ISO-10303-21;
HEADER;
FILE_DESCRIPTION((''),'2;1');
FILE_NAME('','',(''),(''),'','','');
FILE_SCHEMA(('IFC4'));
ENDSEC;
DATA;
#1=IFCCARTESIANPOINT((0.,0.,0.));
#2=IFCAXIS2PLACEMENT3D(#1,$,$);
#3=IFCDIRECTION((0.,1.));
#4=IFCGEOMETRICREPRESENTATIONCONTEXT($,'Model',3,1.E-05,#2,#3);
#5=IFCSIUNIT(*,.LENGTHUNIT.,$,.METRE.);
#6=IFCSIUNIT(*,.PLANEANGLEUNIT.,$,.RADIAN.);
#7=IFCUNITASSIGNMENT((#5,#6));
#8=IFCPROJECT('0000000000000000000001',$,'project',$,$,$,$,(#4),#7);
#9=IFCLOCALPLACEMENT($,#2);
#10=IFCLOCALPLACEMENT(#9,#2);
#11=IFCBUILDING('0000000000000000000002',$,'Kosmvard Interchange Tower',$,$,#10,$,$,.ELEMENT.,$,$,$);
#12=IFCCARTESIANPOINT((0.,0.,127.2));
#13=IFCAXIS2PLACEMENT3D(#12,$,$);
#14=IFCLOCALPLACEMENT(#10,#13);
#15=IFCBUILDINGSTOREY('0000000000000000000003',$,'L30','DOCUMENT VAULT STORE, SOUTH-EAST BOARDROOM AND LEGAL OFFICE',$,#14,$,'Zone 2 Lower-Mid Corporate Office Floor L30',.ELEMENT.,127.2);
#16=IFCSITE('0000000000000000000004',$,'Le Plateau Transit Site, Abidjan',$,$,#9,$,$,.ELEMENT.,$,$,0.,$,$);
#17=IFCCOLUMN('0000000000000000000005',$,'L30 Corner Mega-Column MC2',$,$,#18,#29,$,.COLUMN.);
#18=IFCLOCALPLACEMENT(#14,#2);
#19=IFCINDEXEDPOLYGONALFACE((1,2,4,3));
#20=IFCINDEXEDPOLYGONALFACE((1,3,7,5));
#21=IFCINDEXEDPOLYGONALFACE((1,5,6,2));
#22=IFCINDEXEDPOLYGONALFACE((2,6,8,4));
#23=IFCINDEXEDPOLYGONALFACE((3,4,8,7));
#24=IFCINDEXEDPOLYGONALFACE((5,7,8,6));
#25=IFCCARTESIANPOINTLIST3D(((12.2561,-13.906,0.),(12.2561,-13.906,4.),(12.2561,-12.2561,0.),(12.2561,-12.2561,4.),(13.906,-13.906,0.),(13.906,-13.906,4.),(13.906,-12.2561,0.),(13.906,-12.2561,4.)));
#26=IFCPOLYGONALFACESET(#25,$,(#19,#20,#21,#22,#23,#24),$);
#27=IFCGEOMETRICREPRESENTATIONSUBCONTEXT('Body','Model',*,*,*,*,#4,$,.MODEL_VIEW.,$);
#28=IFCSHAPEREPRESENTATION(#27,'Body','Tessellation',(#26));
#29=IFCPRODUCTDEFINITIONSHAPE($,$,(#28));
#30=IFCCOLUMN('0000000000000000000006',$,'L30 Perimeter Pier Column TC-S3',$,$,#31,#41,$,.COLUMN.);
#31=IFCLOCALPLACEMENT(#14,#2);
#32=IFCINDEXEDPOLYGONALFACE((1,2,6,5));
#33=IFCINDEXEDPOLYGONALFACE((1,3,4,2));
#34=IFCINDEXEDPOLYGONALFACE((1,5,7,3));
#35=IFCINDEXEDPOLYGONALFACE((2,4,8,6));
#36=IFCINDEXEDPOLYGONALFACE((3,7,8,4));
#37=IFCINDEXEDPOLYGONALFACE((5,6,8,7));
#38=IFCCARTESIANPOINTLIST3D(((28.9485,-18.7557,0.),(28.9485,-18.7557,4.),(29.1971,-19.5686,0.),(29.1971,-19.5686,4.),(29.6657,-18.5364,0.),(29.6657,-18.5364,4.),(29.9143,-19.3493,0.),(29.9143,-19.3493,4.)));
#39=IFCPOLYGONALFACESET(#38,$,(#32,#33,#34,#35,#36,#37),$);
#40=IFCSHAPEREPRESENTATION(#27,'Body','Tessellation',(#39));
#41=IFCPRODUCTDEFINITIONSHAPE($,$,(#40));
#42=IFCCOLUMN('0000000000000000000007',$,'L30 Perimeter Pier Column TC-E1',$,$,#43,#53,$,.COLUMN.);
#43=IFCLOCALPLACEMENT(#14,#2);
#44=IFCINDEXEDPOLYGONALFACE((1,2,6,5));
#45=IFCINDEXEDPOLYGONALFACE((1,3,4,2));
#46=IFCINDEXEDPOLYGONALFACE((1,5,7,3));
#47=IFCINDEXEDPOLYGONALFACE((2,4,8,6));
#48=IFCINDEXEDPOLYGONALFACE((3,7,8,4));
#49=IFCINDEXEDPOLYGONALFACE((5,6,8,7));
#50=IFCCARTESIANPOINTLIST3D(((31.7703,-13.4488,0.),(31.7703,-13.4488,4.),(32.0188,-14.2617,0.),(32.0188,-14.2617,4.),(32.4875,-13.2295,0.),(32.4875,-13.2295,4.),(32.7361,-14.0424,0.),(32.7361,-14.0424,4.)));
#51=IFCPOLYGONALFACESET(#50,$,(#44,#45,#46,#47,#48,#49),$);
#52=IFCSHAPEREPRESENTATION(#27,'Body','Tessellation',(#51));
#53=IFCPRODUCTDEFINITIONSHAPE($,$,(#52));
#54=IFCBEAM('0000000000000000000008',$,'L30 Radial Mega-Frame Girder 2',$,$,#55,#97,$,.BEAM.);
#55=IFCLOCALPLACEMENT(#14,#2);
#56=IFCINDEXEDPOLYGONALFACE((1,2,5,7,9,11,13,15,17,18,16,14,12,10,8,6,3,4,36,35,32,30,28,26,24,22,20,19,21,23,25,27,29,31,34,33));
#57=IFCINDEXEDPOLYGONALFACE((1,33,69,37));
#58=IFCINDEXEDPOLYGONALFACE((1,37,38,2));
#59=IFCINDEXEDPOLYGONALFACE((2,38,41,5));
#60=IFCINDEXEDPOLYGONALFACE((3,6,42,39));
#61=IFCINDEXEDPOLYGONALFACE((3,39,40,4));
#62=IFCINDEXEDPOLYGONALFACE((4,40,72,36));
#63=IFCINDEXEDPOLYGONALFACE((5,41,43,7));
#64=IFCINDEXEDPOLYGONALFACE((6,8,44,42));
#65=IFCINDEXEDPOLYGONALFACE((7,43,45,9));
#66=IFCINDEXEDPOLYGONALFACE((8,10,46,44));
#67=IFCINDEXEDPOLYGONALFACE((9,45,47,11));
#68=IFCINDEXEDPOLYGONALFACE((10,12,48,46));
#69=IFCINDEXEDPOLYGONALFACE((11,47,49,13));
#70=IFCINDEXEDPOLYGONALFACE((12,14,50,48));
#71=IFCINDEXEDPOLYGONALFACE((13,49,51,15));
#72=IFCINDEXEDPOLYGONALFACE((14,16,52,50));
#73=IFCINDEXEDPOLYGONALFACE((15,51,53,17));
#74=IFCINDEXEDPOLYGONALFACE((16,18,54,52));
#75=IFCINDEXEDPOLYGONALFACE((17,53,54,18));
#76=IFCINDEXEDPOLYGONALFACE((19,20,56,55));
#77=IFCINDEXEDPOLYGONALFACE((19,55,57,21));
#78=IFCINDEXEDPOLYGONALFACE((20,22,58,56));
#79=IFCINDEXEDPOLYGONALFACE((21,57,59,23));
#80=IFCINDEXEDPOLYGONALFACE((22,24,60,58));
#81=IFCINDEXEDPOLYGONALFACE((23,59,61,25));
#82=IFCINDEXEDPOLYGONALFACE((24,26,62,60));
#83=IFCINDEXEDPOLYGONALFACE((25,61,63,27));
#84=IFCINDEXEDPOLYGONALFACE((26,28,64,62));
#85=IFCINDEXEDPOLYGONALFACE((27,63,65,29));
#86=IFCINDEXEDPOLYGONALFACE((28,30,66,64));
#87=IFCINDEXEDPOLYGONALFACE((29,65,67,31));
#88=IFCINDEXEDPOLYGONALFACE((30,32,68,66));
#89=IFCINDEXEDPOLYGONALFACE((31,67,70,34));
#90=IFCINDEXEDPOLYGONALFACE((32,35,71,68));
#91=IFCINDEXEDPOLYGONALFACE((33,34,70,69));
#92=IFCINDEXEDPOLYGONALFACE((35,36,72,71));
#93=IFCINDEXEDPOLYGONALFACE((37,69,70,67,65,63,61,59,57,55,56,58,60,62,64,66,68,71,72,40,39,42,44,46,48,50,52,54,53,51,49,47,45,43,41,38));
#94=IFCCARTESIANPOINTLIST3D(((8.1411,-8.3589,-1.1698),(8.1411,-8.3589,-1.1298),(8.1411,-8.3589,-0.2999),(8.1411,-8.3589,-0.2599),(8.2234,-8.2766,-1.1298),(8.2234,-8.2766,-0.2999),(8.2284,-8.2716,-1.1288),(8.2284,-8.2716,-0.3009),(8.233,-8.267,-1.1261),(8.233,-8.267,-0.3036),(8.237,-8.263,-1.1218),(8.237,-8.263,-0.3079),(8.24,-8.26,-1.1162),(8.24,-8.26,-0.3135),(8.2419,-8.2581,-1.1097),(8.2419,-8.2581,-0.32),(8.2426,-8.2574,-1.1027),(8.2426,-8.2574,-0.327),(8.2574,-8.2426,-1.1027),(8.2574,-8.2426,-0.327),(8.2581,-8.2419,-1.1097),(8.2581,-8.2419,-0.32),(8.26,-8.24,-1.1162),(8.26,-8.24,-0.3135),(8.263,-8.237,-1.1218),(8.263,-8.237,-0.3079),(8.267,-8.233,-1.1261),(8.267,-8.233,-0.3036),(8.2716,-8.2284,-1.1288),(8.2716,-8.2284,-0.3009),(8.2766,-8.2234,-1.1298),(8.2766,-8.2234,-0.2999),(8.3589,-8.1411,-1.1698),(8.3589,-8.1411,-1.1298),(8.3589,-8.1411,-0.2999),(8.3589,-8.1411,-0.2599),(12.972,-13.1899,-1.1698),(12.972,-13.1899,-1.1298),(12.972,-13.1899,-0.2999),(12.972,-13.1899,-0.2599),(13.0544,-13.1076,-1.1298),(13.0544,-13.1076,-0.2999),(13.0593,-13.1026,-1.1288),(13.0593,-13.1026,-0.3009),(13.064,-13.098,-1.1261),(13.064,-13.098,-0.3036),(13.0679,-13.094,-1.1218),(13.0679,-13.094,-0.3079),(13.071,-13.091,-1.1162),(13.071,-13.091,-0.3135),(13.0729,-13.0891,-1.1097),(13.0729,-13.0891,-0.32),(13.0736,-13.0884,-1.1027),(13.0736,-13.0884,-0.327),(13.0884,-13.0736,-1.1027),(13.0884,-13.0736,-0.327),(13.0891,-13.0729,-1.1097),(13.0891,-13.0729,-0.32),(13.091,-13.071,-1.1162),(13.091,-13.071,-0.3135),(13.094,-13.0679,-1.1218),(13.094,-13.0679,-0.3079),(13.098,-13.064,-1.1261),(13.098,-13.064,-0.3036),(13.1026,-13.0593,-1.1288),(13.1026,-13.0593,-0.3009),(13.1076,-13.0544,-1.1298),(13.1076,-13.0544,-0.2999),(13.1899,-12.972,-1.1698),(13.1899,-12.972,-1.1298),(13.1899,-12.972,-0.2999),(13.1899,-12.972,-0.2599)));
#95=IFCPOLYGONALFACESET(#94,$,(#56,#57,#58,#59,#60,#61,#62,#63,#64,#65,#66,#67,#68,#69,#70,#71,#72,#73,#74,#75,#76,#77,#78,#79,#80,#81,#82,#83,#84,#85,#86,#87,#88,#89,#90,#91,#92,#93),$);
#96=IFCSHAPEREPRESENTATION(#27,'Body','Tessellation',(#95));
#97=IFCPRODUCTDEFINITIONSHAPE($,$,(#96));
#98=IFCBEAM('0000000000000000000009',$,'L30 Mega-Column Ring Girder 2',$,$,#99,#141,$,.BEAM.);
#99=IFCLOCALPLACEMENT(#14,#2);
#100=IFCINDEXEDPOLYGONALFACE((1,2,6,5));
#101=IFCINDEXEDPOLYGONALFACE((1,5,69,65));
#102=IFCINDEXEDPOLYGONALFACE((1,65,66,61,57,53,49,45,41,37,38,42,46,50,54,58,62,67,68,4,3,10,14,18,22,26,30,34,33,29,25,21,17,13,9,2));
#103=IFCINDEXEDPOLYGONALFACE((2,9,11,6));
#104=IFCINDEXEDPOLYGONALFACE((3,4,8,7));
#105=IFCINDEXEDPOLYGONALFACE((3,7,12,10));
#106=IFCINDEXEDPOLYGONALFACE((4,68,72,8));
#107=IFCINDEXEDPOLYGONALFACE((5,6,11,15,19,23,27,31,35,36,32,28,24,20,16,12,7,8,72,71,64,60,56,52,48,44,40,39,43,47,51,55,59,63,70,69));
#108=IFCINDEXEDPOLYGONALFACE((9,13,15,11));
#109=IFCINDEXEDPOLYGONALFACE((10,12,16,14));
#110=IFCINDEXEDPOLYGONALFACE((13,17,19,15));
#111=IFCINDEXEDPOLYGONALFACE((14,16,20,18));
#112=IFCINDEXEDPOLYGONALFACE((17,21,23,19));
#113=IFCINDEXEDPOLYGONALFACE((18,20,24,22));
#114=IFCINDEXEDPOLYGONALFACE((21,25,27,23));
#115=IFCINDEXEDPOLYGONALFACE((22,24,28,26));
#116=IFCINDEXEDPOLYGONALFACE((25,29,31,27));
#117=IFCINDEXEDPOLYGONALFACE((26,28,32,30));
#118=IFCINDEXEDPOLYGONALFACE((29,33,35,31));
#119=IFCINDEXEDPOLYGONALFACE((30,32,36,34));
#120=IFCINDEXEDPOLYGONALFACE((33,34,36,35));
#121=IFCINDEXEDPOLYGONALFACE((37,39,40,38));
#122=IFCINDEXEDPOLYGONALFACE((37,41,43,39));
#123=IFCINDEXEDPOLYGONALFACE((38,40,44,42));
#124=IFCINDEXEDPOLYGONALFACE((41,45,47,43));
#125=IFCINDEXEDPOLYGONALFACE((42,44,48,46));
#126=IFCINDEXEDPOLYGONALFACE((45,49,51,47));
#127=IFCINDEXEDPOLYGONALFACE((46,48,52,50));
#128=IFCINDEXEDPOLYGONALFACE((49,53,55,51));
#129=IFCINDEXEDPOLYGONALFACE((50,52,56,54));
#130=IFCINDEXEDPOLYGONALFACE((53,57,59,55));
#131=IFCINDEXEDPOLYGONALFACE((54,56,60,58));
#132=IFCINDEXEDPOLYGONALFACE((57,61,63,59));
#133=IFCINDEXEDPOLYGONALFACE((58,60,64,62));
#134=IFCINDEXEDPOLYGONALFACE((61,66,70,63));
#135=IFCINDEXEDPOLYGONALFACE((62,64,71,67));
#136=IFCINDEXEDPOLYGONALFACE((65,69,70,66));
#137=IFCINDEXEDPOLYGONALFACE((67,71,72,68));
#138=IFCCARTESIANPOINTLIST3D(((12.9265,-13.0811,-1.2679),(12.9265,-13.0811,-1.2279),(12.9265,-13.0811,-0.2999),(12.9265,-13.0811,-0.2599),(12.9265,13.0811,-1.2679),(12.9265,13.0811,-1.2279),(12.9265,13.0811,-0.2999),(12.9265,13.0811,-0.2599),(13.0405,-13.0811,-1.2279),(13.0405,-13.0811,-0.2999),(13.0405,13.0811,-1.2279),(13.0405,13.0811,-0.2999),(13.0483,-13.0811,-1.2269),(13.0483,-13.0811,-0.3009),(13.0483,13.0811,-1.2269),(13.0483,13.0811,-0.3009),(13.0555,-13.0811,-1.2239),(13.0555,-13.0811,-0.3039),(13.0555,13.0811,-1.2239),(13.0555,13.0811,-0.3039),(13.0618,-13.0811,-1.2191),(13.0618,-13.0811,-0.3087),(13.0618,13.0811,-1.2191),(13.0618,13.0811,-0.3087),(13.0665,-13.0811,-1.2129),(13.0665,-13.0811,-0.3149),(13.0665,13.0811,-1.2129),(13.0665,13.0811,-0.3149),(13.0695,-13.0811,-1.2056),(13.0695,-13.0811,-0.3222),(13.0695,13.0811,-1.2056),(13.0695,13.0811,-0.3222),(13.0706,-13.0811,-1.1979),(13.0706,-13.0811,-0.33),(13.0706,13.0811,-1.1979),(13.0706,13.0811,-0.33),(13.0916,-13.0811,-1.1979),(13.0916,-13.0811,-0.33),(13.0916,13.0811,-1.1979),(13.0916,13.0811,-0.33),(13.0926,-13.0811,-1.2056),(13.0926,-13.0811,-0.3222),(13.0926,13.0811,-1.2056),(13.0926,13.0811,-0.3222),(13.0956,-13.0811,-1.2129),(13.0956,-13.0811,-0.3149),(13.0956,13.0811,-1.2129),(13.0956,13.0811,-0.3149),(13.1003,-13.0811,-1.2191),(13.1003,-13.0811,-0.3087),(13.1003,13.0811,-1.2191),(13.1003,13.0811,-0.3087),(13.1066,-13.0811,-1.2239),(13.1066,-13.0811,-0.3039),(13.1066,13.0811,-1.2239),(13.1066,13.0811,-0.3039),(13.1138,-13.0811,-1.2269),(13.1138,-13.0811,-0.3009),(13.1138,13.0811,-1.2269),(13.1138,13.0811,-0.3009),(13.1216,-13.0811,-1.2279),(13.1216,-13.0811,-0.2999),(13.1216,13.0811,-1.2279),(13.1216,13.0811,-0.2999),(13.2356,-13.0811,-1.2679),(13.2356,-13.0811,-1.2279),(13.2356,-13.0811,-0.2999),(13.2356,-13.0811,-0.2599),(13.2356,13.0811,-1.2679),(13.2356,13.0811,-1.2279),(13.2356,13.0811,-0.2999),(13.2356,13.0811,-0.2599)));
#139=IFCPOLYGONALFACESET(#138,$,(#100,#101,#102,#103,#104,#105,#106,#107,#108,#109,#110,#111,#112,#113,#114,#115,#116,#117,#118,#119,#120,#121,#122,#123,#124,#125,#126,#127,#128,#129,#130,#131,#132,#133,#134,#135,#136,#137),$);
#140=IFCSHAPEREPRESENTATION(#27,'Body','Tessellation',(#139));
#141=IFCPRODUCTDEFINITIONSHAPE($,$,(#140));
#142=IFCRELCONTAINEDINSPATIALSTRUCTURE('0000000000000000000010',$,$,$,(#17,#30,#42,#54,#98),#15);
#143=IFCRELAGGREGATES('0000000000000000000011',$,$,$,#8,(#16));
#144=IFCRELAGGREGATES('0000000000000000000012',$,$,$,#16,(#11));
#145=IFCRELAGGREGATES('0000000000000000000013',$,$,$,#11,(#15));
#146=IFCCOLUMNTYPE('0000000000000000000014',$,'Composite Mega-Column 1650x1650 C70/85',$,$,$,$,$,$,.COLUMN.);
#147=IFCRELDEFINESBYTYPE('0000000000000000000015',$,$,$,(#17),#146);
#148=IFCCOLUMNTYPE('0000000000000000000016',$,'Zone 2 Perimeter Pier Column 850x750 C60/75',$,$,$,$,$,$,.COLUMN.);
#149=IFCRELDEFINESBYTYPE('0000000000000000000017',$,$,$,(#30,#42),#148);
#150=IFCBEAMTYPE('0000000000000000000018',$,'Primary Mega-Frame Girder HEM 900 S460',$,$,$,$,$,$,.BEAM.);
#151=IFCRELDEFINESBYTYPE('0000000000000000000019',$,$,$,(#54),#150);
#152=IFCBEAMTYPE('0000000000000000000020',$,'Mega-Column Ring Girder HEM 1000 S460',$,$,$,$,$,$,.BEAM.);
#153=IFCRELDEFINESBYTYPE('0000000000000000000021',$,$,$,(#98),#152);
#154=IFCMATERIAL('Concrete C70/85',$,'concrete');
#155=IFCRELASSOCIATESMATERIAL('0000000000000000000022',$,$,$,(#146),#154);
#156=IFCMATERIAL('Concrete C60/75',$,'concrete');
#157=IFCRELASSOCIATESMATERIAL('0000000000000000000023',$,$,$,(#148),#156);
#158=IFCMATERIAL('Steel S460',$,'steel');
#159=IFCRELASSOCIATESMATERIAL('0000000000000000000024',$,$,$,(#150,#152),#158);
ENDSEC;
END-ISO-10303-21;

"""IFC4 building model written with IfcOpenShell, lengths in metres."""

from ifc_helpers import new_model, si_unit, direction, frame, origin, origin_2d, place, context, subcontext, project, spatial, rectangle, i_section, extrude, source, transform, mapped, material, material_profile, profile_set, type_object, element, save


model = new_model("IFC4")

# Units and contexts
model_context = context("Model", 3, precision=1e-05, world=origin(), true_north=direction((0.0, 1.0)))
body_context = subcontext(model_context, "Body", "Model", "MODEL_VIEW")
ifc_project = project(units=[si_unit("LENGTHUNIT", "METRE"), si_unit("PLANEANGLEUNIT", "RADIAN")], contexts=[model_context])

# Site, building, storey
site_placement = place(None, origin())
site = spatial("IfcSite", under=ifc_project, at=site_placement, Name="Le Plateau Transit Site, Abidjan", CompositionType="ELEMENT", RefElevation=0.0)
building_placement = place(site_placement, origin())
building = spatial("IfcBuilding", under=site, at=building_placement, Name="Kosmvard Interchange Tower", CompositionType="ELEMENT")
storey_placement = place(building_placement, frame((0.0, 0.0, 127.2)))
storey = spatial("IfcBuildingStorey", under=building, at=storey_placement, Name="L30", Description="DOCUMENT VAULT STORE, SOUTH-EAST BOARDROOM AND LEGAL OFFICE", LongName="Zone 2 Lower-Mid Corporate Office Floor L30", CompositionType="ELEMENT", Elevation=127.2)

# Columns
ifc_material_1 = material(Name="Concrete C70/85", Category="concrete")
ifc_material_profile_1 = material_profile(ifc_material_1, rectangle(XDim=1.6499, YDim=1.6499, at=origin_2d()), Name="MC 1650x1650")
ifc_profile_set_1 = profile_set([ifc_material_profile_1], Name="Concrete C70/85")
column_type_1 = type_object("IfcColumnType", Name="Composite Mega-Column 1650x1650 C70/85", PredefinedType="COLUMN", material=ifc_profile_set_1)
shared_shape_1 = source(origin(), body_context, "Body", "SweptSolid", [
    extrude(rectangle(XDim=1.6499, YDim=1.6499, at=origin_2d()), origin(), (0.0, 0.0, 1.0), 4.0),
])
column_placement = place(storey_placement, frame((13.0811, -13.0811, 0.0), z_axis=(0.0, 0.0, 1.0), x_axis=(1.0, 0.0, 0.0)))
element("IfcColumn", 1, at=column_placement, inside=storey, type_object=column_type_1, Name="L30 Corner Mega-Column MC2", PredefinedType="COLUMN", context=body_context, shape_type="MappedRepresentation", body=[
    mapped(shared_shape_1, transform((0.0, 0.0, 0.0), scale=1.0)),
])
ifc_material_2 = material(Name="Concrete C60/75", Category="concrete")
ifc_material_profile_2 = material_profile(ifc_material_2, rectangle(XDim=0.75, YDim=0.8501, at=origin_2d()), Name="TC 850x750")
ifc_profile_set_2 = profile_set([ifc_material_profile_2], Name="Concrete C60/75")
column_type_2 = type_object("IfcColumnType", Name="Zone 2 Perimeter Pier Column 850x750 C60/75", PredefinedType="COLUMN", material=ifc_profile_set_2)
shared_shape_2 = source(origin(), body_context, "Body", "SweptSolid", [
    extrude(rectangle(XDim=0.75, YDim=0.8501, at=origin_2d()), origin(), (0.0, 0.0, 1.0), 4.0),
])
for number, where, z_axis, x_axis, name in (
    (2, (29.4314, -19.0525, 0.0), (0.0, 0.0, 1.0), (0.956305, 0.292372, 0.0), "L30 Perimeter Pier Column TC-S3"),
    (3, (32.2532, -13.7456, 0.0), (0.0, 0.0, 1.0), (0.956305, 0.292372, 0.0), "L30 Perimeter Pier Column TC-E1"),
):
    element("IfcColumn", number, at=place(storey_placement, frame(where, z_axis=z_axis, x_axis=x_axis)), inside=storey, type_object=column_type_2, Name=name, PredefinedType="COLUMN", context=body_context, shape_type="MappedRepresentation", body=[
        mapped(shared_shape_2, transform((0.0, 0.0, 0.0), scale=1.0)),
    ])

# Beams
ifc_material_3 = material(Name="Steel S460", Category="steel")
ifc_material_profile_3 = material_profile(ifc_material_3, i_section(OverallWidth=0.3081, OverallDepth=0.9099, WebThickness=0.021, FlangeThickness=0.04, FilletRadius=0.0271, at=origin_2d()), Name="HEM 900")
ifc_profile_set_3 = profile_set([ifc_material_profile_3], Name="Steel S460")
beam_type_1 = type_object("IfcBeamType", Name="Primary Mega-Frame Girder HEM 900 S460", PredefinedType="BEAM", material=ifc_profile_set_3)
shared_shape_3 = source(origin(), body_context, "Body", "SweptSolid", [
    extrude(i_section(OverallWidth=0.3081, OverallDepth=0.9099, WebThickness=0.021, FlangeThickness=0.04, FilletRadius=0.0271, at=origin_2d()), origin(), (0.0, 0.0, 1.0), 6.832),
])
beam_1_placement = place(storey_placement, frame((8.25, -8.25, -0.7148), z_axis=(0.707107, -0.707107, 0.0), x_axis=(0.707107, 0.707107, 0.0)))
element("IfcBeam", 4, at=beam_1_placement, inside=storey, type_object=beam_type_1, Name="L30 Radial Mega-Frame Girder 2", PredefinedType="BEAM", context=body_context, shape_type="MappedRepresentation", body=[
    mapped(shared_shape_3, transform((0.0, 0.0, 0.0), scale=1.0)),
])
ifc_material_profile_4 = material_profile(ifc_material_3, i_section(OverallWidth=0.3091, OverallDepth=1.0081, WebThickness=0.021, FlangeThickness=0.04, FilletRadius=0.03, at=origin_2d()), Name="HEM 1000")
ifc_profile_set_4 = profile_set([ifc_material_profile_4], Name="Steel S460")
beam_type_2 = type_object("IfcBeamType", Name="Mega-Column Ring Girder HEM 1000 S460", PredefinedType="BEAM", material=ifc_profile_set_4)
shared_shape_4 = source(origin(), body_context, "Body", "SweptSolid", [
    extrude(i_section(OverallWidth=0.3091, OverallDepth=1.0081, WebThickness=0.021, FlangeThickness=0.04, FilletRadius=0.03, at=origin_2d()), origin(), (0.0, 0.0, 1.0), 26.1621),
])
beam_2_placement = place(storey_placement, frame((13.0811, -13.0811, -0.7639), z_axis=(0.0, 1.0, 0.0), x_axis=(-1.0, 0.0, 0.0)))
element("IfcBeam", 5, at=beam_2_placement, inside=storey, type_object=beam_type_2, Name="L30 Mega-Column Ring Girder 2", PredefinedType="BEAM", context=body_context, shape_type="MappedRepresentation", body=[
    mapped(shared_shape_4, transform((0.0, 0.0, 0.0), scale=1.0)),
])

save(model, "model.ifc")
